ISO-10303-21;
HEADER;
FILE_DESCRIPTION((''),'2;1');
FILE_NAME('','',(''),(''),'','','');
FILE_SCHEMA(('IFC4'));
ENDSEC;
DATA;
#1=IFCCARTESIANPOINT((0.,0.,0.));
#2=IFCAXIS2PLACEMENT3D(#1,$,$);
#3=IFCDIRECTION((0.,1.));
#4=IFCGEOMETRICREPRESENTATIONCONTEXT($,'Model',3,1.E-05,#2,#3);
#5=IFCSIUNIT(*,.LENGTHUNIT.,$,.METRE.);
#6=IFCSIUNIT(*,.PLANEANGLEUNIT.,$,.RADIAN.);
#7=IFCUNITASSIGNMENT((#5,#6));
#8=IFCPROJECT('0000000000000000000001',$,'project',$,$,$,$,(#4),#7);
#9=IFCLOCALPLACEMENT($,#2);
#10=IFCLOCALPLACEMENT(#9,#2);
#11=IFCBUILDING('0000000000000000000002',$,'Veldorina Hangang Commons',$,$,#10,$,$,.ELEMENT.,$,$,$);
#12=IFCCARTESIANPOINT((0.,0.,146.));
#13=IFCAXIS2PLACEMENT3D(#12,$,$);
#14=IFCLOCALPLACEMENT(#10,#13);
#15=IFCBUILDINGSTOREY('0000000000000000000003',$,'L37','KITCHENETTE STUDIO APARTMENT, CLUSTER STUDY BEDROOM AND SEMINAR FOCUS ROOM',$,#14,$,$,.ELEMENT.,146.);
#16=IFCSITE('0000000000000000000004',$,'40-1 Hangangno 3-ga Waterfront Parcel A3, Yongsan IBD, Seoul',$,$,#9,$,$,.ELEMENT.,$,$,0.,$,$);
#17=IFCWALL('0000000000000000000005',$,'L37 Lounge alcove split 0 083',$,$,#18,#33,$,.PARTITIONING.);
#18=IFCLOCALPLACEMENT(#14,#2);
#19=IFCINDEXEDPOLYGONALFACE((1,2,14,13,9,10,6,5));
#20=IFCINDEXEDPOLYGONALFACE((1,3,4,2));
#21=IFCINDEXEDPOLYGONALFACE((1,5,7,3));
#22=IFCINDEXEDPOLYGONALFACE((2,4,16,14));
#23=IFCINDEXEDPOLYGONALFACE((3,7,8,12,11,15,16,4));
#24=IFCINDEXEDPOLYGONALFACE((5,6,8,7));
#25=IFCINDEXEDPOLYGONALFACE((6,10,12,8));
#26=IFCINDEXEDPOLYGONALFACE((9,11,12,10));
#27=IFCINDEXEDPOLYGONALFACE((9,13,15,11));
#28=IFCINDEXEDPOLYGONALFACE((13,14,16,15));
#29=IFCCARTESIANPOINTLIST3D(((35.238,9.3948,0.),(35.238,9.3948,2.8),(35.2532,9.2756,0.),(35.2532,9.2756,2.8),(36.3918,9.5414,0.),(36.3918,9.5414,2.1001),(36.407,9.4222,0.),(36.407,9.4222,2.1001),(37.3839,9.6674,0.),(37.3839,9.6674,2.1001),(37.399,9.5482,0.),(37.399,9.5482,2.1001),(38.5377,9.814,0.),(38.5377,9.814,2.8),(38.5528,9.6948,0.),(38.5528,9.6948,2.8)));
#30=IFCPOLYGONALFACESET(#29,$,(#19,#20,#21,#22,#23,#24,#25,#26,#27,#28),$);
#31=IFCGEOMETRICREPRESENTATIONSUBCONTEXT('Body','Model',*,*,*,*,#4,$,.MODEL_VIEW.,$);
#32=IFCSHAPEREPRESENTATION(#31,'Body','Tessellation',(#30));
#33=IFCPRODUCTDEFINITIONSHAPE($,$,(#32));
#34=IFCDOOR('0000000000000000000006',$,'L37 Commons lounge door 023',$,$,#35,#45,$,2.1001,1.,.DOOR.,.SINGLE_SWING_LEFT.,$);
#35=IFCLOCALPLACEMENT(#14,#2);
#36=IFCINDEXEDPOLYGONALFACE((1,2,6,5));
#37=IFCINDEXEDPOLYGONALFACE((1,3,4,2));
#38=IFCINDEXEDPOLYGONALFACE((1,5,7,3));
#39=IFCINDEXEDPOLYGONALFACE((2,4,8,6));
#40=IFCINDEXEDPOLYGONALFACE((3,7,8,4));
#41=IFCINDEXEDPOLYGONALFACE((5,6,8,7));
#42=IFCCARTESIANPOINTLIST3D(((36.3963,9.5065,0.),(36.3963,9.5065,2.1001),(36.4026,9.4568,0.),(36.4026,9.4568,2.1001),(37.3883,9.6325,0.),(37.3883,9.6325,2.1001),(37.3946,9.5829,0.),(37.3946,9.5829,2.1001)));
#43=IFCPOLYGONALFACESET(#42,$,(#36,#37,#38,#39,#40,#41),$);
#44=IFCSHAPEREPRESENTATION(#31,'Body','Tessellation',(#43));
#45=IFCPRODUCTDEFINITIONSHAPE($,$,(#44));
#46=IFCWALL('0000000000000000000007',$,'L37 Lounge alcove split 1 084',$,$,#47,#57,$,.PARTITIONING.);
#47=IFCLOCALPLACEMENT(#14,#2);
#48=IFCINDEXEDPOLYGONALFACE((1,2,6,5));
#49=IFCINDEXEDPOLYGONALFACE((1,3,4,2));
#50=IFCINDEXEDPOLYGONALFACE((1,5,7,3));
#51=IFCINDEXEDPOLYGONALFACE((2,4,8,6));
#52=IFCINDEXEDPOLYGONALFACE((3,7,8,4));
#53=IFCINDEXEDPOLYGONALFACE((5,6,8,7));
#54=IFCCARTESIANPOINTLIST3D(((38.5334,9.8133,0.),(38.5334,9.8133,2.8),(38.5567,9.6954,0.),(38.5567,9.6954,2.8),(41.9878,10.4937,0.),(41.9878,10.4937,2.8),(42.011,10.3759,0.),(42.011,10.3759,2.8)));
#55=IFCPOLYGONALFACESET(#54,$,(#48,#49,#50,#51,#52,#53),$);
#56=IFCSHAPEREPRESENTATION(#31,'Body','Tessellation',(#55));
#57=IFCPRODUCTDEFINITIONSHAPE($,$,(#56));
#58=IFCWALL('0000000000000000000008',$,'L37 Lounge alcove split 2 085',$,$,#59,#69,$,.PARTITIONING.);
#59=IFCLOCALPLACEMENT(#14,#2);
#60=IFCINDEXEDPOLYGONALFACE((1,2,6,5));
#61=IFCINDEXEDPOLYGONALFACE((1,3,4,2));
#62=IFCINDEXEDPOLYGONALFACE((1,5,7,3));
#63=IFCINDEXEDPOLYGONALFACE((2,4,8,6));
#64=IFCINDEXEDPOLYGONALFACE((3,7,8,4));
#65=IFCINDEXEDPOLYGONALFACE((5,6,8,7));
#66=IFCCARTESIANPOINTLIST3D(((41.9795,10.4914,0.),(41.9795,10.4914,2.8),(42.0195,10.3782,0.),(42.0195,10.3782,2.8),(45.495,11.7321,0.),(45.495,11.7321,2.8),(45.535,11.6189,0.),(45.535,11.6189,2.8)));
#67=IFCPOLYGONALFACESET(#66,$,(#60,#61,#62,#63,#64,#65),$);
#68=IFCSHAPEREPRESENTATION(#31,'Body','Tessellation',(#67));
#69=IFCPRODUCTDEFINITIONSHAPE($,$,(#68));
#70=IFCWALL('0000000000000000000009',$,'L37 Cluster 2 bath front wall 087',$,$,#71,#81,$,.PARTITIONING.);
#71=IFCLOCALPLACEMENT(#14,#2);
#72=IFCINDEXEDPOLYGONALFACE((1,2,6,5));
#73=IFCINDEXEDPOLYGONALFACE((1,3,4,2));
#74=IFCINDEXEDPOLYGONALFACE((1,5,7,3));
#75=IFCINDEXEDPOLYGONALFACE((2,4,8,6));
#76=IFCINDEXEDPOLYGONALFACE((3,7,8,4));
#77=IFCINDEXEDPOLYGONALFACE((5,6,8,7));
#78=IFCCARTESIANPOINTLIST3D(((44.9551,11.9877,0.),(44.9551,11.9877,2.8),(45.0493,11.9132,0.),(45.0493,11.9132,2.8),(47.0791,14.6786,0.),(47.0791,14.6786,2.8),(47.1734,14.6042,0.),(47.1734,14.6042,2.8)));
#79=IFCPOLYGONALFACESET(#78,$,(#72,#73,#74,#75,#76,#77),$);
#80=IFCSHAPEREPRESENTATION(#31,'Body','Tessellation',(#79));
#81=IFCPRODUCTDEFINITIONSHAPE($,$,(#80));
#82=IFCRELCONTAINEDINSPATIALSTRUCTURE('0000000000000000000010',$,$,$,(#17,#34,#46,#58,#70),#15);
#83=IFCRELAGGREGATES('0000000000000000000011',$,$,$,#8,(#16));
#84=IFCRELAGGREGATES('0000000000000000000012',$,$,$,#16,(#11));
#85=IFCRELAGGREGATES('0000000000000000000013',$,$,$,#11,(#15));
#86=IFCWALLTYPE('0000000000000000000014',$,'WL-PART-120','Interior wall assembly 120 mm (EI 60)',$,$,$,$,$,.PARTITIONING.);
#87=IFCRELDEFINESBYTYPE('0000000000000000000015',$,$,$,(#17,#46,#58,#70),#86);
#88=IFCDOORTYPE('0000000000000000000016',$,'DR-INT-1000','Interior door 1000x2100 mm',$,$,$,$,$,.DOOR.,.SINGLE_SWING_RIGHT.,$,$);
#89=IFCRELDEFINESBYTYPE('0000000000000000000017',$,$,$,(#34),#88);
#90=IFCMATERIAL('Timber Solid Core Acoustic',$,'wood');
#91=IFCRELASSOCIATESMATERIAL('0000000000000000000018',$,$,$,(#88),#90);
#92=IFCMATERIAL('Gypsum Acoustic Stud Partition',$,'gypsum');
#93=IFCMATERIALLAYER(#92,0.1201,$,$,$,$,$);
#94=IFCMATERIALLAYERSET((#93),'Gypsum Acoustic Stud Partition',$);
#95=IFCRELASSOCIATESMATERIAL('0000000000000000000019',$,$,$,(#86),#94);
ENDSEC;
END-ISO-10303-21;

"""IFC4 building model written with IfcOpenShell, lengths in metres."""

from ifc_helpers import new_model, si_unit, direction, frame, frame_2d, origin, place, context, subcontext, project, spatial, rectangle, extrude, material, layer, layer_set, type_object, element, fill, save


model = new_model("IFC4")

# Units and contexts
model_context = context("Model", 3, precision=1e-05, world=origin(), true_north=direction((0.0, 1.0)))
body_context = subcontext(model_context, "Body", "Model", "MODEL_VIEW")
ifc_project = project(units=[si_unit("LENGTHUNIT", "METRE"), si_unit("PLANEANGLEUNIT", "RADIAN")], contexts=[model_context])

# Site, building, storey
site_placement = place(None, origin())
site = spatial("IfcSite", under=ifc_project, at=site_placement, Name="40-1 Hangangno 3-ga Waterfront Parcel A3, Yongsan IBD, Seoul", CompositionType="ELEMENT", RefElevation=0.0)
building_placement = place(site_placement, origin())
building = spatial("IfcBuilding", under=site, at=building_placement, Name="Veldorina Hangang Commons", CompositionType="ELEMENT")
storey_placement = place(building_placement, frame((0.0, 0.0, 146.0)))
storey = spatial("IfcBuildingStorey", under=building, at=storey_placement, Name="L37", Description="KITCHENETTE STUDIO APARTMENT, CLUSTER STUDY BEDROOM AND SEMINAR FOCUS ROOM", CompositionType="ELEMENT", Elevation=146.0)

# Shared definitions
ifc_material_1 = material(Name="Timber Solid Core Acoustic", Category="wood")
door_type_1 = type_object("IfcDoorType", Name="DR-INT-1000", Description="Interior door 1000x2100 mm", OperationType="SINGLE_SWING_RIGHT", PredefinedType="DOOR", material=ifc_material_1)

# Wall, opening, door
ifc_material_2 = material(Name="Gypsum Acoustic Stud Partition", Category="gypsum")
ifc_layer_1 = layer(ifc_material_2, 0.1201)
ifc_layer_set_1 = layer_set([ifc_layer_1], Name="Gypsum Acoustic Stud Partition")
wall_type_1 = type_object("IfcWallType", Name="WL-PART-120", Description="Interior wall assembly 120 mm (EI 60)", PredefinedType="PARTITIONING", material=ifc_layer_set_1)
wall_1_placement = place(storey_placement, frame((35.2456, 9.3352, 0.0), z_axis=(0.0, 0.0, 1.0), x_axis=(0.992026, 0.126031, 0.0)))
wall_1 = element("IfcWall", 1, at=wall_1_placement, inside=storey, type_object=wall_type_1, Name="L37 Lounge alcove split 0 083", PredefinedType="PARTITIONING", context=body_context, shape_type="SweptSolid", body=[
    extrude(rectangle(XDim=3.3262, YDim=0.1201, at=frame_2d((1.6631, 0.0))), origin(), (0.0, 0.0, 1.0), 2.8),
])
opening_1_placement = place(wall_1_placement, frame((1.1631, 0.0, 0.0)))
opening_1 = element("IfcOpeningElement", 2, at=opening_1_placement, cuts=wall_1, PredefinedType="OPENING", context=body_context, shape_type="SweptSolid", body=[
    extrude(rectangle(XDim=1.0, YDim=2.1001, at=frame_2d((0.5, 1.05))), frame((0.0, 0.0701, 0.0), z_axis=(0.0, -1.0, 0.0), x_axis=(1.0, 0.0, 0.0)), (0.0, 0.0, 1.0), 0.1401),
])
door_1_placement = place(opening_1_placement, origin())
door_1 = element("IfcDoor", 3, at=door_1_placement, inside=storey, type_object=door_type_1, Name="L37 Commons lounge door 023", OperationType="SINGLE_SWING_LEFT", OverallHeight=2.1001, OverallWidth=1.0, PredefinedType="DOOR", context=body_context, shape_type="SweptSolid", body=[
    extrude(rectangle(XDim=1.0, YDim=2.1001, at=frame_2d((0.5, 1.05))), frame((0.0, 0.0249, 0.0), z_axis=(0.0, -1.0, 0.0), x_axis=(1.0, 0.0, 0.0)), (0.0, 0.0, 1.0), 0.05),
])
fill(opening_1, door_1)

# Walls
wall_2_placement = place(storey_placement, frame((38.5452, 9.7544, 0.0), z_axis=(0.0, 0.0, 1.0), x_axis=(0.981147, 0.193262, 0.0)))
element("IfcWall", 4, at=wall_2_placement, inside=storey, type_object=wall_type_1, Name="L37 Lounge alcove split 1 084", PredefinedType="PARTITIONING", context=body_context, shape_type="SweptSolid", body=[
    extrude(rectangle(XDim=3.5208, YDim=0.1201, at=frame_2d((1.7603, 0.0))), origin(), (0.0, 0.0, 1.0), 2.8),
])
wall_3_placement = place(storey_placement, frame((41.9995, 10.4348, 0.0), z_axis=(0.0, 0.0, 1.0), x_axis=(0.942998, 0.3328, 0.0)))
element("IfcWall", 5, at=wall_3_placement, inside=storey, type_object=wall_type_1, Name="L37 Lounge alcove split 2 085", PredefinedType="PARTITIONING", context=body_context, shape_type="SweptSolid", body=[
    extrude(rectangle(XDim=3.728, YDim=0.1201, at=frame_2d((1.864, 0.0))), origin(), (0.0, 0.0, 1.0), 2.8),
])
wall_4_placement = place(storey_placement, frame((45.0022, 11.9504, 0.0), z_axis=(0.0, 0.0, 1.0), x_axis=(0.619575, 0.784937, 0.0)))
element("IfcWall", 6, at=wall_4_placement, inside=storey, type_object=wall_type_1, Name="L37 Cluster 2 bath front wall 087", PredefinedType="PARTITIONING", context=body_context, shape_type="SweptSolid", body=[
    extrude(rectangle(XDim=3.4282, YDim=0.1201, at=frame_2d((1.7141, 0.0))), origin(), (0.0, 0.0, 1.0), 2.8),
])

save(model, "model.ifc")
